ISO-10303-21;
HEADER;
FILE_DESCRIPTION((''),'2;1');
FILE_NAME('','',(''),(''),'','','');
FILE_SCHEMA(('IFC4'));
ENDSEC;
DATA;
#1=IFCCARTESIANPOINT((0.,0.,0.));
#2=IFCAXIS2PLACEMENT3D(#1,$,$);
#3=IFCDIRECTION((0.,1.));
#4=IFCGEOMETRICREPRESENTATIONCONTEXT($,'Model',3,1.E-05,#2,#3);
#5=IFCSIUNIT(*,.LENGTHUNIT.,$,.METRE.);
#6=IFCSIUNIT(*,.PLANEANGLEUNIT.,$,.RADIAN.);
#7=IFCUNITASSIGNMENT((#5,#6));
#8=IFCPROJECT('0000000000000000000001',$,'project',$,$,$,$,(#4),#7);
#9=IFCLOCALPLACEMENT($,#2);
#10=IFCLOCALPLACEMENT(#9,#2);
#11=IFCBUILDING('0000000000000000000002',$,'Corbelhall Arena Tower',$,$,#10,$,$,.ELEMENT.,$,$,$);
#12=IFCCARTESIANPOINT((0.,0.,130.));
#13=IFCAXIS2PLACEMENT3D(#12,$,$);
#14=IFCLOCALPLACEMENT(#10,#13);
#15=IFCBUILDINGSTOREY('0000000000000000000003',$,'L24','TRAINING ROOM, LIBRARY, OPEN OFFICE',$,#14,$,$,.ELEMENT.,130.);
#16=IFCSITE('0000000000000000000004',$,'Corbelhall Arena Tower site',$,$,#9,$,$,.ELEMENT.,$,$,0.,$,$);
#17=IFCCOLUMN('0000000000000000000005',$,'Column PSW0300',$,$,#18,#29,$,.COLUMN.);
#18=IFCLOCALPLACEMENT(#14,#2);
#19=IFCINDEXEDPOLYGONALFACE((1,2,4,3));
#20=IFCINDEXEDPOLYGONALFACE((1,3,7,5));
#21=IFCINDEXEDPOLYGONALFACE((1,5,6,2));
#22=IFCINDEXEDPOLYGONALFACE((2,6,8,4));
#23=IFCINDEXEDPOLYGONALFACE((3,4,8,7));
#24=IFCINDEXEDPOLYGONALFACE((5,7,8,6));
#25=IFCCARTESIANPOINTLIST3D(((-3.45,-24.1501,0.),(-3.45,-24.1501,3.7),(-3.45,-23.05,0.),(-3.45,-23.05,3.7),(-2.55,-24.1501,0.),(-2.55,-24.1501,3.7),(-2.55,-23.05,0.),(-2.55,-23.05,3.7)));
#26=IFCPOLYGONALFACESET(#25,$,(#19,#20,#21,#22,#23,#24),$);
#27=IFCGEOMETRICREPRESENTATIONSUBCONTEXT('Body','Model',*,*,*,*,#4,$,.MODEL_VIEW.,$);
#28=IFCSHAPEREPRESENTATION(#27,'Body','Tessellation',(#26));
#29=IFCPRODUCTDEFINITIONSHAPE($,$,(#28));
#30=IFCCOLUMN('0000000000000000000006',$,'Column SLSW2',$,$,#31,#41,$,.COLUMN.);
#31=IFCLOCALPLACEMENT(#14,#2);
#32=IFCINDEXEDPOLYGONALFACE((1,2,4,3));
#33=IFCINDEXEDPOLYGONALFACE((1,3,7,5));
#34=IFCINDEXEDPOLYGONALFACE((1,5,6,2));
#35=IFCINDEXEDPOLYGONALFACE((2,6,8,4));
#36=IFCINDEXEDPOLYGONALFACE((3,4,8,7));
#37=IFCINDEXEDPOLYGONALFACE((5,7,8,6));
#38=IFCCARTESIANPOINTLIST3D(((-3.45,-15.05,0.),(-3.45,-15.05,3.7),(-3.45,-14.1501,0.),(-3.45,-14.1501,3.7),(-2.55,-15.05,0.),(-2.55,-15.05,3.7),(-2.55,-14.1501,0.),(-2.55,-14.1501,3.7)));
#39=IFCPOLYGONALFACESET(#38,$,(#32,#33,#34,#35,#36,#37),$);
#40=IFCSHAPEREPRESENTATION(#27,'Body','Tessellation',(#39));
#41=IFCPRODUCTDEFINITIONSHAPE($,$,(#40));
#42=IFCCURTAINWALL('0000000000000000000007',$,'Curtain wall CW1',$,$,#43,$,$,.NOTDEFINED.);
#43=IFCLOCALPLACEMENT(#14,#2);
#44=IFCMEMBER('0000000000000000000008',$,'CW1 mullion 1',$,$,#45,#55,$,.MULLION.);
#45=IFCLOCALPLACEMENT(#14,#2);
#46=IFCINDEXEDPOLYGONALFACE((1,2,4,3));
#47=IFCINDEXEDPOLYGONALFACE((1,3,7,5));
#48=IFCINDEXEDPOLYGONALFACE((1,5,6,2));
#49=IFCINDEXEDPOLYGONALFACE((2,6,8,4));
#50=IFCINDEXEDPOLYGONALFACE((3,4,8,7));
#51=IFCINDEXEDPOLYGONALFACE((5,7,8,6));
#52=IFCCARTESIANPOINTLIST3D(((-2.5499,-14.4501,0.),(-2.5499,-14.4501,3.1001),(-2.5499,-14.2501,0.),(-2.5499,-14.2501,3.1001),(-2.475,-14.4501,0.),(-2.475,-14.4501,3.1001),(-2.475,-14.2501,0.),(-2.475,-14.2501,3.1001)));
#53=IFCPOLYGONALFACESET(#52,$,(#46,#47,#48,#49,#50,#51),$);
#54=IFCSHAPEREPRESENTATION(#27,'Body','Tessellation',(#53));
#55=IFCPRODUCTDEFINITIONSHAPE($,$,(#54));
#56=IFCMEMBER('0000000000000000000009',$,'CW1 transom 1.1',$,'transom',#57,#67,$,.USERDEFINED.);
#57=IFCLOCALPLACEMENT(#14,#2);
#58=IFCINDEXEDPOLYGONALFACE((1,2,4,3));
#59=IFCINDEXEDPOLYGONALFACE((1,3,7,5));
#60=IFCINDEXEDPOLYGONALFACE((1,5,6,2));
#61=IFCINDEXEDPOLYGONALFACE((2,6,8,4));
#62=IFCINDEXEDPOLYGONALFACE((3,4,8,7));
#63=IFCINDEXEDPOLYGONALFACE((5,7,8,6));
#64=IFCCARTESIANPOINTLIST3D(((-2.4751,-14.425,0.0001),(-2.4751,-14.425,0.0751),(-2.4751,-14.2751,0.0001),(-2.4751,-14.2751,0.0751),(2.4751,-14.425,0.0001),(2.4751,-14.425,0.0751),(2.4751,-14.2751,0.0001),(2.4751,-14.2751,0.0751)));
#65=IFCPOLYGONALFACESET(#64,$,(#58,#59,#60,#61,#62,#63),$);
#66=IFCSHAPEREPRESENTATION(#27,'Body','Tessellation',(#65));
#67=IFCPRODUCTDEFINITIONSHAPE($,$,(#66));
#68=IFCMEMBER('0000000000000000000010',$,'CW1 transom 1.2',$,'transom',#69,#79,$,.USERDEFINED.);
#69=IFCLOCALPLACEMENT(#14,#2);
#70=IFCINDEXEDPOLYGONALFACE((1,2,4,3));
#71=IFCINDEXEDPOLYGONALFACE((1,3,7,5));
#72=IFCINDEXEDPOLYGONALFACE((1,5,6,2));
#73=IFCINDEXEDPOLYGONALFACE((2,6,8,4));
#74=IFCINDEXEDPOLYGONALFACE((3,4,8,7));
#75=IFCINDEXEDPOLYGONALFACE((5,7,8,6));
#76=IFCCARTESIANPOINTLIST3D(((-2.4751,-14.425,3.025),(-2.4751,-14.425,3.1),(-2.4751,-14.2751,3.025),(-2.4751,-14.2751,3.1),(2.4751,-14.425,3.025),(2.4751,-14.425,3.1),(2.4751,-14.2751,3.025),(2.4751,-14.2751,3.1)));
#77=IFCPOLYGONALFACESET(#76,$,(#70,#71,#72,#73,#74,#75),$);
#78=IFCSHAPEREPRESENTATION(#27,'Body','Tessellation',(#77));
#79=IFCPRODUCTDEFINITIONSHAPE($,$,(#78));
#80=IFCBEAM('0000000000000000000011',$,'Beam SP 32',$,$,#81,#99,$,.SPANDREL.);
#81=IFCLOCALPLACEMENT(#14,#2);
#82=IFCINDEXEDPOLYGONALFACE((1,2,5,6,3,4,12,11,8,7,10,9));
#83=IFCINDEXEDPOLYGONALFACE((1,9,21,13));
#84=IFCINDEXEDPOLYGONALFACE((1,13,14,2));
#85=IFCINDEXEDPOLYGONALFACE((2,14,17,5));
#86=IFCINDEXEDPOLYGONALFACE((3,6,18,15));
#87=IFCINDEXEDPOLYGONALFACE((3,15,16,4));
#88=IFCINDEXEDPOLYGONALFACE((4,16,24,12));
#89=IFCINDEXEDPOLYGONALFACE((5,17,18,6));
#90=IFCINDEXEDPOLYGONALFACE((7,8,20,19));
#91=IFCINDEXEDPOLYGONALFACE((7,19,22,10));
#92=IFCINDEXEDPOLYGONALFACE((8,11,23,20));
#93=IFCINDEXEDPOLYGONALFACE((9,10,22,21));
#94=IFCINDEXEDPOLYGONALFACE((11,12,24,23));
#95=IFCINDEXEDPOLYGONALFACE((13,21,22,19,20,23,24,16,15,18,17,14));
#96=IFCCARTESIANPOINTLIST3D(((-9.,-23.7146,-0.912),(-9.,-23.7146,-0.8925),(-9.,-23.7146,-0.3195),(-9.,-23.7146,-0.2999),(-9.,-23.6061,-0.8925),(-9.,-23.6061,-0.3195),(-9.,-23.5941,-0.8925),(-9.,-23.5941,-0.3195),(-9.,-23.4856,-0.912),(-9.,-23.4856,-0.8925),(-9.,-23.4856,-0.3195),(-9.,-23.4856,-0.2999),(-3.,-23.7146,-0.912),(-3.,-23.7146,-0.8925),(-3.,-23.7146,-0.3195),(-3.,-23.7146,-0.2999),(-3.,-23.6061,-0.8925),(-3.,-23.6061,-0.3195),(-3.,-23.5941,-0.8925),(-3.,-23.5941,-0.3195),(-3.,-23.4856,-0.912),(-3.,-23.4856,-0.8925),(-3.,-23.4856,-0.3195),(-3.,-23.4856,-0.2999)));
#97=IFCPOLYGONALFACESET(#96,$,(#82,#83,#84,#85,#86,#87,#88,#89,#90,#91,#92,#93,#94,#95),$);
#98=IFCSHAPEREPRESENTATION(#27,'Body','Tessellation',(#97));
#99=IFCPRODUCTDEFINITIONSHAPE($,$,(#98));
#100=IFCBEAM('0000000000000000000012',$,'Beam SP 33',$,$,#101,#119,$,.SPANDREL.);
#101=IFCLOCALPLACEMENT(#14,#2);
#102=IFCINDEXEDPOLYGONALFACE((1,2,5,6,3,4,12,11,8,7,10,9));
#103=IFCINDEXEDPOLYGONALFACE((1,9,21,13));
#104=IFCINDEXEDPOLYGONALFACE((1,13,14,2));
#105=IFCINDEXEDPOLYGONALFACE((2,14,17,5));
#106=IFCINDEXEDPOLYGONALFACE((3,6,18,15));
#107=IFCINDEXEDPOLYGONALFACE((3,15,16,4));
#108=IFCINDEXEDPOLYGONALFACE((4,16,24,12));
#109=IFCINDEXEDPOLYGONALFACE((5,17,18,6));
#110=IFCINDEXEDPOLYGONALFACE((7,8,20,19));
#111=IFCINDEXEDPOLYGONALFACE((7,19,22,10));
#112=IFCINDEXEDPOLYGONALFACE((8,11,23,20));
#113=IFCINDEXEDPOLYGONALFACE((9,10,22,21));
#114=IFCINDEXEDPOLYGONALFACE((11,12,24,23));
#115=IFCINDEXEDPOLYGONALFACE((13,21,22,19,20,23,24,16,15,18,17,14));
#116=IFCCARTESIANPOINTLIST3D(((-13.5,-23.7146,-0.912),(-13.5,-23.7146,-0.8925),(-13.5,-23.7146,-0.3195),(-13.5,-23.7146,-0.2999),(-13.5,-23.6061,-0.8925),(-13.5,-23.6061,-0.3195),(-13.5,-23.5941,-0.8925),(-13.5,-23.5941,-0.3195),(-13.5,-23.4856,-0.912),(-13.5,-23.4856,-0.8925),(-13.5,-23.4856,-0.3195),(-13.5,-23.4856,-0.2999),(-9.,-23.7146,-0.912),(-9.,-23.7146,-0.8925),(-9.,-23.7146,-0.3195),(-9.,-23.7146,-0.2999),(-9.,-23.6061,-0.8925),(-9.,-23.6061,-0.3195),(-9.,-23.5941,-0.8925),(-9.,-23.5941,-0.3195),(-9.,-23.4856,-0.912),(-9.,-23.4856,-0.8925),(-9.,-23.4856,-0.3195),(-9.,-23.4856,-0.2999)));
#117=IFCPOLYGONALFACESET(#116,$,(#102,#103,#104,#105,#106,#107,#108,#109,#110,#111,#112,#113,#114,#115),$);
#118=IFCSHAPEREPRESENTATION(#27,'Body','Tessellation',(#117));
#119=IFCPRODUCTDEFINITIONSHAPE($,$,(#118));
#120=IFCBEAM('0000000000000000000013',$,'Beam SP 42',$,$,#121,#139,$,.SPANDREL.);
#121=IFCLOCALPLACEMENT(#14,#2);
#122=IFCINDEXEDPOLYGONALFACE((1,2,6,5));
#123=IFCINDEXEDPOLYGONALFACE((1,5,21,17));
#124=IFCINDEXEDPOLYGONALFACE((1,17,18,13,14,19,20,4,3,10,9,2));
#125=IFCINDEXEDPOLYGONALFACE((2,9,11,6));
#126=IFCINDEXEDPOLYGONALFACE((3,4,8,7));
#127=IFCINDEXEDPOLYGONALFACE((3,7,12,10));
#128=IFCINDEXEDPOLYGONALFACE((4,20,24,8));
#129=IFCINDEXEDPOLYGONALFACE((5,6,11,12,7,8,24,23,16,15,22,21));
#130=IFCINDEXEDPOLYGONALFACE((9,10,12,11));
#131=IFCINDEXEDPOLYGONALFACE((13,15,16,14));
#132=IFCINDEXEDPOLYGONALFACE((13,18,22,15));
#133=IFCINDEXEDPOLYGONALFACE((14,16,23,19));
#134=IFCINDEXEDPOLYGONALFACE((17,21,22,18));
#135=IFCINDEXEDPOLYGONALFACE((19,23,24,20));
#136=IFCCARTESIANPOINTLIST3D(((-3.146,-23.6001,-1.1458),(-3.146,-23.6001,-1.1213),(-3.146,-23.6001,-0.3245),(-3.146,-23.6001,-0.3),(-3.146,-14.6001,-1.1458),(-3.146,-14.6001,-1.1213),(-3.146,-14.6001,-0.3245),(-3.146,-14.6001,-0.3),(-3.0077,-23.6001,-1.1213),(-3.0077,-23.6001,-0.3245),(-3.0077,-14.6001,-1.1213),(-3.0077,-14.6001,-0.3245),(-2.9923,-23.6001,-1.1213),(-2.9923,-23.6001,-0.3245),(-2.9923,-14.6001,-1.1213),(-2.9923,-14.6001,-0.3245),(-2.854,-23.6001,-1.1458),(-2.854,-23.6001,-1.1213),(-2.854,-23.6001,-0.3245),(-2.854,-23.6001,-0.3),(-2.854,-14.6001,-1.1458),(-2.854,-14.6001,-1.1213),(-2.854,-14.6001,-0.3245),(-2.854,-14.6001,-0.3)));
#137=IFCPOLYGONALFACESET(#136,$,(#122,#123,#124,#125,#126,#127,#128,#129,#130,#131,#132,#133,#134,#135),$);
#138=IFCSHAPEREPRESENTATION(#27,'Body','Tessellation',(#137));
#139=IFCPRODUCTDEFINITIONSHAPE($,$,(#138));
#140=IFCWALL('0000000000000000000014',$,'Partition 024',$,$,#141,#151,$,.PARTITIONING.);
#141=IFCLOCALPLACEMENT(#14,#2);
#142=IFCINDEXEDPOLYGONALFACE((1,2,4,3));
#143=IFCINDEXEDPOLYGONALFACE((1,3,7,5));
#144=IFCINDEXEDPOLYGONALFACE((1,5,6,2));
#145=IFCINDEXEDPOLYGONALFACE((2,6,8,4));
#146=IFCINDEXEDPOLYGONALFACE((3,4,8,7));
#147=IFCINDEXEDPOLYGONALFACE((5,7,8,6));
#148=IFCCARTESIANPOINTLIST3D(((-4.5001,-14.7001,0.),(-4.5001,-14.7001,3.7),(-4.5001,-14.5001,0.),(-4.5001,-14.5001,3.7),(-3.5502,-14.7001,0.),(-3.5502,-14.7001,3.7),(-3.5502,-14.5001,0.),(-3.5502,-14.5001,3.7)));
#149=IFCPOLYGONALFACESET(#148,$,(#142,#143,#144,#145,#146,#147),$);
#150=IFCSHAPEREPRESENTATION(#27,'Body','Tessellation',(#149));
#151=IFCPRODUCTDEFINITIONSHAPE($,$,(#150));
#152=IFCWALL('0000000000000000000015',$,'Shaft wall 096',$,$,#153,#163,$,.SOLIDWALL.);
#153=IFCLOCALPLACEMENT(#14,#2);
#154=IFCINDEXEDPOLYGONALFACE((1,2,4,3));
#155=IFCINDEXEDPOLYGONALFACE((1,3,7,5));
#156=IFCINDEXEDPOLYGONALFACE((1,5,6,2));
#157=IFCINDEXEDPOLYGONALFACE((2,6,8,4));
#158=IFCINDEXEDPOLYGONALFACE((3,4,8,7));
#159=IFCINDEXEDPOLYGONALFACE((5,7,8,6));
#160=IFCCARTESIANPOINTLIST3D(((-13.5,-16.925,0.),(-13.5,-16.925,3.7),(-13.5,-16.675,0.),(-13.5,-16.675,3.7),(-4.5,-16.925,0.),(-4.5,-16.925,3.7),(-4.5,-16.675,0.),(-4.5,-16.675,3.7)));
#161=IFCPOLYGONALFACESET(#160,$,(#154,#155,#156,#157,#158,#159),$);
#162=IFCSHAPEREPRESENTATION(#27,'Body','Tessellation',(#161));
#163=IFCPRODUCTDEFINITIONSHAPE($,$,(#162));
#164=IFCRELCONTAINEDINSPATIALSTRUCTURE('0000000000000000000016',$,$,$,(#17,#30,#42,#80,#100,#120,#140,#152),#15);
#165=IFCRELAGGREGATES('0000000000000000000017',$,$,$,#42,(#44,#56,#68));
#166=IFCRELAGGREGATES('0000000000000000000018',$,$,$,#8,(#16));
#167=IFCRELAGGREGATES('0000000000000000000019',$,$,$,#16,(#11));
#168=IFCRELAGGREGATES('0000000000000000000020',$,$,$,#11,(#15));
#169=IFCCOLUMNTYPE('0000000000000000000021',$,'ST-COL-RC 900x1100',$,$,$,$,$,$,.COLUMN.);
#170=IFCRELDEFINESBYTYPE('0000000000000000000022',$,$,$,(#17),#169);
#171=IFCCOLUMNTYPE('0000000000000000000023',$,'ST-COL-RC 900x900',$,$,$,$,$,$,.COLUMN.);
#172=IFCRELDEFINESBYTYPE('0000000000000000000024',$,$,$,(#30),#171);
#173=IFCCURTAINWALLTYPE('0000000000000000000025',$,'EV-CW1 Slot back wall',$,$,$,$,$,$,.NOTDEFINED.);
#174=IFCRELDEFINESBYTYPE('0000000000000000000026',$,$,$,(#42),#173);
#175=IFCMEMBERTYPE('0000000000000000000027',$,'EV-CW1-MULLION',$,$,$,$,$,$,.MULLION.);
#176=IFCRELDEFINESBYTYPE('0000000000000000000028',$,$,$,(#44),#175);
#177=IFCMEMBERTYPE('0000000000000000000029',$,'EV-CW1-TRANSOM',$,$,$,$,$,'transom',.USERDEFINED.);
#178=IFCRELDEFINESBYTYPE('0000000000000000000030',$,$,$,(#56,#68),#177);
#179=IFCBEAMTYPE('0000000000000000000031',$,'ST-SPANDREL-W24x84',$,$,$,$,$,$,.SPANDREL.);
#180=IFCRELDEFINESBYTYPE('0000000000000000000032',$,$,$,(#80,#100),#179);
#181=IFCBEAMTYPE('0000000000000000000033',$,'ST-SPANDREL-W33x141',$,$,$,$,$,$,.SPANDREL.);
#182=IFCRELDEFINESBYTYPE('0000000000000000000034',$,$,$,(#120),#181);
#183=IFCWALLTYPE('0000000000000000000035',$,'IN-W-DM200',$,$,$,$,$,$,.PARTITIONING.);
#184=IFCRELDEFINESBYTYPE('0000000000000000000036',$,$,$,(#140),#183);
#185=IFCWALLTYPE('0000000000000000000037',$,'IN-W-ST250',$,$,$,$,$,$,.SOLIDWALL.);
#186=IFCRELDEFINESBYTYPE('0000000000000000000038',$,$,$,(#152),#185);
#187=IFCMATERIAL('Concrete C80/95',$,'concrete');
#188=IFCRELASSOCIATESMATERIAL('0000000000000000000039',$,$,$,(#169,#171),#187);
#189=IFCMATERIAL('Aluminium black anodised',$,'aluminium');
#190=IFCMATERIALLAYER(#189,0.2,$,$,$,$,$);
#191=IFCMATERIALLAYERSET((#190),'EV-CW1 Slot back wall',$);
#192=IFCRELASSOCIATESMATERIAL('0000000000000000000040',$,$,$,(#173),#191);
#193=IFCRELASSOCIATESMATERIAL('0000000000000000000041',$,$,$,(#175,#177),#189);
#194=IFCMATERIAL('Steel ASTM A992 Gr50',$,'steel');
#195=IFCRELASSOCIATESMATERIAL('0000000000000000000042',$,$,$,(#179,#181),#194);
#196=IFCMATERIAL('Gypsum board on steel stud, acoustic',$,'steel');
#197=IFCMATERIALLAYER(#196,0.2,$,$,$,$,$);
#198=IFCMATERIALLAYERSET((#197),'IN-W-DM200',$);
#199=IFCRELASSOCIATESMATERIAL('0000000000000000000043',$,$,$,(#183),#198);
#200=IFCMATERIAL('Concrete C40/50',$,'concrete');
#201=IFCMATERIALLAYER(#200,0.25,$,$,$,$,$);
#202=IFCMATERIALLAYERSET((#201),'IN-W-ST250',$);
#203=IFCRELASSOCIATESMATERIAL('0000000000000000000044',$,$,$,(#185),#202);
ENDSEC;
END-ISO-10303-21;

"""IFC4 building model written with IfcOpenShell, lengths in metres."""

from ifc_helpers import new_model, si_unit, direction, frame, frame_2d, origin, origin_2d, place, context, subcontext, project, spatial, rectangle, i_section, extrude, material, layer, layer_set, material_profile, profile_set, type_object, element, aggregate, save


model = new_model("IFC4")

# Units and contexts
model_context = context("Model", 3, precision=1e-05, world=origin(), true_north=direction((0.0, 1.0)))
body_context = subcontext(model_context, "Body", "Model", "MODEL_VIEW")
ifc_project = project(units=[si_unit("LENGTHUNIT", "METRE"), si_unit("PLANEANGLEUNIT", "RADIAN")], contexts=[model_context])

# Site, building, storey
site_placement = place(None, origin())
site = spatial("IfcSite", under=ifc_project, at=site_placement, Name="Corbelhall Arena Tower site", CompositionType="ELEMENT", RefElevation=0.0)
building_placement = place(site_placement, origin())
building = spatial("IfcBuilding", under=site, at=building_placement, Name="Corbelhall Arena Tower", CompositionType="ELEMENT")
storey_placement = place(building_placement, frame((0.0, 0.0, 130.0)))
storey = spatial("IfcBuildingStorey", under=building, at=storey_placement, Name="L24", Description="TRAINING ROOM, LIBRARY, OPEN OFFICE", CompositionType="ELEMENT", Elevation=130.0)

# Columns
ifc_material_1 = material(Name="Concrete C80/95", Category="concrete")
ifc_material_profile_1 = material_profile(ifc_material_1, rectangle(XDim=0.8999, YDim=1.1001, at=origin_2d()))
ifc_profile_set_1 = profile_set([ifc_material_profile_1], Name="Concrete C80/95")
column_type_1 = type_object("IfcColumnType", Name="ST-COL-RC 900x1100", PredefinedType="COLUMN", material=ifc_profile_set_1)
column_1_placement = place(storey_placement, frame((-3.0, -23.6001, 0.0), z_axis=(0.0, 0.0, 1.0), x_axis=(1.0, 0.0, 0.0)))
element("IfcColumn", 1, at=column_1_placement, inside=storey, type_object=column_type_1, Name="Column PSW0300", PredefinedType="COLUMN", context=body_context, shape_type="SweptSolid", body=[
    extrude(rectangle(XDim=0.8999, YDim=1.1001, at=origin_2d()), origin(), (0.0, 0.0, 1.0), 3.7),
])
ifc_material_profile_2 = material_profile(ifc_material_1, rectangle(XDim=0.8999, YDim=0.8999, at=origin_2d()))
ifc_profile_set_2 = profile_set([ifc_material_profile_2], Name="Concrete C80/95")
column_type_2 = type_object("IfcColumnType", Name="ST-COL-RC 900x900", PredefinedType="COLUMN", material=ifc_profile_set_2)
column_2_placement = place(storey_placement, frame((-3.0, -14.6001, 0.0), z_axis=(0.0, 0.0, 1.0), x_axis=(1.0, 0.0, 0.0)))
element("IfcColumn", 2, at=column_2_placement, inside=storey, type_object=column_type_2, Name="Column SLSW2", PredefinedType="COLUMN", context=body_context, shape_type="SweptSolid", body=[
    extrude(rectangle(XDim=0.8999, YDim=0.8999, at=origin_2d()), origin(), (0.0, 0.0, 1.0), 3.7),
])

# Curtain wall, members
ifc_material_2 = material(Name="Aluminium black anodised", Category="aluminium")
ifc_layer_1 = layer(ifc_material_2, 0.2)
ifc_layer_set_1 = layer_set([ifc_layer_1], Name="EV-CW1 Slot back wall")
curtain_wall_type = type_object("IfcCurtainWallType", Name="EV-CW1 Slot back wall", PredefinedType="NOTDEFINED", material=ifc_layer_set_1)
curtain_wall_placement = place(storey_placement, origin())
curtain_wall = element("IfcCurtainWall", 3, at=curtain_wall_placement, inside=storey, type_object=curtain_wall_type, Name="Curtain wall CW1", PredefinedType="NOTDEFINED")
ifc_material_profile_3 = material_profile(ifc_material_2, rectangle(XDim=0.2, YDim=0.075, at=origin_2d()))
ifc_profile_set_3 = profile_set([ifc_material_profile_3], Name="Aluminium black anodised")
member_type_1 = type_object("IfcMemberType", Name="EV-CW1-MULLION", PredefinedType="MULLION", material=ifc_profile_set_3)
member_1_placement = place(storey_placement, frame((-2.5125, -14.3501, 0.0), z_axis=(0.0, 0.0, 1.0), x_axis=(0.0, 1.0, 0.0)))
member_1 = element("IfcMember", 4, at=member_1_placement, type_object=member_type_1, Name="CW1 mullion 1", PredefinedType="MULLION", context=body_context, shape_type="SweptSolid", body=[
    extrude(rectangle(XDim=0.2, YDim=0.075, at=origin_2d()), origin(), (0.0, 0.0, 1.0), 3.1001),
])
ifc_material_profile_4 = material_profile(ifc_material_2, rectangle(XDim=0.1499, YDim=0.075, at=origin_2d()))
ifc_profile_set_4 = profile_set([ifc_material_profile_4], Name="Aluminium black anodised")
member_type_2 = type_object("IfcMemberType", Name="EV-CW1-TRANSOM", ElementType="transom", PredefinedType="USERDEFINED", material=ifc_profile_set_4)
member_2_placement = place(storey_placement, frame((-2.4751, -14.3501, 0.0376), z_axis=(1.0, 0.0, 0.0), x_axis=(0.0, 1.0, 0.0)))
member_2 = element("IfcMember", 5, at=member_2_placement, type_object=member_type_2, Name="CW1 transom 1.1", ObjectType="transom", PredefinedType="USERDEFINED", context=body_context, shape_type="SweptSolid", body=[
    extrude(rectangle(XDim=0.1499, YDim=0.075, at=origin_2d()), origin(), (0.0, 0.0, 1.0), 4.9502),
])
member_3_placement = place(storey_placement, frame((-2.4751, -14.3501, 3.0625), z_axis=(1.0, 0.0, 0.0), x_axis=(0.0, 1.0, 0.0)))
member_3 = element("IfcMember", 6, at=member_3_placement, type_object=member_type_2, Name="CW1 transom 1.2", ObjectType="transom", PredefinedType="USERDEFINED", context=body_context, shape_type="SweptSolid", body=[
    extrude(rectangle(XDim=0.1499, YDim=0.075, at=origin_2d()), origin(), (0.0, 0.0, 1.0), 4.9502),
])
aggregate(curtain_wall, [member_1, member_2, member_3])

# Beams
ifc_material_3 = material(Name="Steel ASTM A992 Gr50", Category="steel")
ifc_material_profile_5 = material_profile(ifc_material_3, i_section(OverallWidth=0.229, OverallDepth=0.6121, WebThickness=0.012, FlangeThickness=0.0195, at=origin_2d()))
ifc_profile_set_5 = profile_set([ifc_material_profile_5], Name="Steel ASTM A992 Gr50")
beam_type_1 = type_object("IfcBeamType", Name="ST-SPANDREL-W24x84", PredefinedType="SPANDREL", material=ifc_profile_set_5)
beam_1_placement = place(storey_placement, frame((-3.0, -23.6001, -0.606), z_axis=(-1.0, 0.0, 0.0), x_axis=(0.0, -1.0, 0.0)))
element("IfcBeam", 7, at=beam_1_placement, inside=storey, type_object=beam_type_1, Name="Beam SP 32", PredefinedType="SPANDREL", context=body_context, shape_type="SweptSolid", body=[
    extrude(i_section(OverallWidth=0.229, OverallDepth=0.6121, WebThickness=0.012, FlangeThickness=0.0195, at=origin_2d()), origin(), (0.0, 0.0, 1.0), 6.0),
])
beam_2_placement = place(storey_placement, frame((-9.0, -23.6001, -0.606), z_axis=(-1.0, 0.0, 0.0), x_axis=(0.0, -1.0, 0.0)))
element("IfcBeam", 8, at=beam_2_placement, inside=storey, type_object=beam_type_1, Name="Beam SP 33", PredefinedType="SPANDREL", context=body_context, shape_type="SweptSolid", body=[
    extrude(i_section(OverallWidth=0.229, OverallDepth=0.6121, WebThickness=0.012, FlangeThickness=0.0195, at=origin_2d()), origin(), (0.0, 0.0, 1.0), 4.5),
])
ifc_material_profile_6 = material_profile(ifc_material_3, i_section(OverallWidth=0.292, OverallDepth=0.8457, WebThickness=0.0154, FlangeThickness=0.0244, at=origin_2d()))
ifc_profile_set_6 = profile_set([ifc_material_profile_6], Name="Steel ASTM A992 Gr50")
beam_type_2 = type_object("IfcBeamType", Name="ST-SPANDREL-W33x141", PredefinedType="SPANDREL", material=ifc_profile_set_6)
beam_3_placement = place(storey_placement, frame((-3.0, -14.6001, -0.7229), z_axis=(0.0, -1.0, 0.0), x_axis=(1.0, 0.0, 0.0)))
element("IfcBeam", 9, at=beam_3_placement, inside=storey, type_object=beam_type_2, Name="Beam SP 42", PredefinedType="SPANDREL", context=body_context, shape_type="SweptSolid", body=[
    extrude(i_section(OverallWidth=0.292, OverallDepth=0.8457, WebThickness=0.0154, FlangeThickness=0.0244, at=origin_2d()), origin(), (0.0, 0.0, 1.0), 9.0),
])

# Walls
ifc_material_4 = material(Name="Gypsum board on steel stud, acoustic", Category="steel")
ifc_layer_2 = layer(ifc_material_4, 0.2)
ifc_layer_set_2 = layer_set([ifc_layer_2], Name="IN-W-DM200")
wall_type_1 = type_object("IfcWallType", Name="IN-W-DM200", PredefinedType="PARTITIONING", material=ifc_layer_set_2)
wall_1_placement = place(storey_placement, frame((-3.55, -14.6001, 0.0), z_axis=(0.0, 0.0, 1.0), x_axis=(-1.0, 0.0, 0.0)))
element("IfcWall", 10, at=wall_1_placement, inside=storey, type_object=wall_type_1, Name="Partition 024", PredefinedType="PARTITIONING", context=body_context, shape_type="SweptSolid", body=[
    extrude(rectangle(XDim=0.95, YDim=0.2, at=frame_2d((0.4751, 0.0))), origin(), (0.0, 0.0, 1.0), 3.7),
])
ifc_material_5 = material(Name="Concrete C40/50", Category="concrete")
ifc_layer_3 = layer(ifc_material_5, 0.25)
ifc_layer_set_3 = layer_set([ifc_layer_3], Name="IN-W-ST250")
wall_type_2 = type_object("IfcWallType", Name="IN-W-ST250", PredefinedType="SOLIDWALL", material=ifc_layer_set_3)
wall_2_placement = place(storey_placement, frame((-4.5, -16.8, 0.0), z_axis=(0.0, 0.0, 1.0), x_axis=(-1.0, 0.0, 0.0)))
element("IfcWall", 11, at=wall_2_placement, inside=storey, type_object=wall_type_2, Name="Shaft wall 096", PredefinedType="SOLIDWALL", context=body_context, shape_type="SweptSolid", body=[
    extrude(rectangle(XDim=9.0, YDim=0.25, at=frame_2d((4.5, 0.0))), origin(), (0.0, 0.0, 1.0), 3.7),
])

save(model, "model.ifc")
